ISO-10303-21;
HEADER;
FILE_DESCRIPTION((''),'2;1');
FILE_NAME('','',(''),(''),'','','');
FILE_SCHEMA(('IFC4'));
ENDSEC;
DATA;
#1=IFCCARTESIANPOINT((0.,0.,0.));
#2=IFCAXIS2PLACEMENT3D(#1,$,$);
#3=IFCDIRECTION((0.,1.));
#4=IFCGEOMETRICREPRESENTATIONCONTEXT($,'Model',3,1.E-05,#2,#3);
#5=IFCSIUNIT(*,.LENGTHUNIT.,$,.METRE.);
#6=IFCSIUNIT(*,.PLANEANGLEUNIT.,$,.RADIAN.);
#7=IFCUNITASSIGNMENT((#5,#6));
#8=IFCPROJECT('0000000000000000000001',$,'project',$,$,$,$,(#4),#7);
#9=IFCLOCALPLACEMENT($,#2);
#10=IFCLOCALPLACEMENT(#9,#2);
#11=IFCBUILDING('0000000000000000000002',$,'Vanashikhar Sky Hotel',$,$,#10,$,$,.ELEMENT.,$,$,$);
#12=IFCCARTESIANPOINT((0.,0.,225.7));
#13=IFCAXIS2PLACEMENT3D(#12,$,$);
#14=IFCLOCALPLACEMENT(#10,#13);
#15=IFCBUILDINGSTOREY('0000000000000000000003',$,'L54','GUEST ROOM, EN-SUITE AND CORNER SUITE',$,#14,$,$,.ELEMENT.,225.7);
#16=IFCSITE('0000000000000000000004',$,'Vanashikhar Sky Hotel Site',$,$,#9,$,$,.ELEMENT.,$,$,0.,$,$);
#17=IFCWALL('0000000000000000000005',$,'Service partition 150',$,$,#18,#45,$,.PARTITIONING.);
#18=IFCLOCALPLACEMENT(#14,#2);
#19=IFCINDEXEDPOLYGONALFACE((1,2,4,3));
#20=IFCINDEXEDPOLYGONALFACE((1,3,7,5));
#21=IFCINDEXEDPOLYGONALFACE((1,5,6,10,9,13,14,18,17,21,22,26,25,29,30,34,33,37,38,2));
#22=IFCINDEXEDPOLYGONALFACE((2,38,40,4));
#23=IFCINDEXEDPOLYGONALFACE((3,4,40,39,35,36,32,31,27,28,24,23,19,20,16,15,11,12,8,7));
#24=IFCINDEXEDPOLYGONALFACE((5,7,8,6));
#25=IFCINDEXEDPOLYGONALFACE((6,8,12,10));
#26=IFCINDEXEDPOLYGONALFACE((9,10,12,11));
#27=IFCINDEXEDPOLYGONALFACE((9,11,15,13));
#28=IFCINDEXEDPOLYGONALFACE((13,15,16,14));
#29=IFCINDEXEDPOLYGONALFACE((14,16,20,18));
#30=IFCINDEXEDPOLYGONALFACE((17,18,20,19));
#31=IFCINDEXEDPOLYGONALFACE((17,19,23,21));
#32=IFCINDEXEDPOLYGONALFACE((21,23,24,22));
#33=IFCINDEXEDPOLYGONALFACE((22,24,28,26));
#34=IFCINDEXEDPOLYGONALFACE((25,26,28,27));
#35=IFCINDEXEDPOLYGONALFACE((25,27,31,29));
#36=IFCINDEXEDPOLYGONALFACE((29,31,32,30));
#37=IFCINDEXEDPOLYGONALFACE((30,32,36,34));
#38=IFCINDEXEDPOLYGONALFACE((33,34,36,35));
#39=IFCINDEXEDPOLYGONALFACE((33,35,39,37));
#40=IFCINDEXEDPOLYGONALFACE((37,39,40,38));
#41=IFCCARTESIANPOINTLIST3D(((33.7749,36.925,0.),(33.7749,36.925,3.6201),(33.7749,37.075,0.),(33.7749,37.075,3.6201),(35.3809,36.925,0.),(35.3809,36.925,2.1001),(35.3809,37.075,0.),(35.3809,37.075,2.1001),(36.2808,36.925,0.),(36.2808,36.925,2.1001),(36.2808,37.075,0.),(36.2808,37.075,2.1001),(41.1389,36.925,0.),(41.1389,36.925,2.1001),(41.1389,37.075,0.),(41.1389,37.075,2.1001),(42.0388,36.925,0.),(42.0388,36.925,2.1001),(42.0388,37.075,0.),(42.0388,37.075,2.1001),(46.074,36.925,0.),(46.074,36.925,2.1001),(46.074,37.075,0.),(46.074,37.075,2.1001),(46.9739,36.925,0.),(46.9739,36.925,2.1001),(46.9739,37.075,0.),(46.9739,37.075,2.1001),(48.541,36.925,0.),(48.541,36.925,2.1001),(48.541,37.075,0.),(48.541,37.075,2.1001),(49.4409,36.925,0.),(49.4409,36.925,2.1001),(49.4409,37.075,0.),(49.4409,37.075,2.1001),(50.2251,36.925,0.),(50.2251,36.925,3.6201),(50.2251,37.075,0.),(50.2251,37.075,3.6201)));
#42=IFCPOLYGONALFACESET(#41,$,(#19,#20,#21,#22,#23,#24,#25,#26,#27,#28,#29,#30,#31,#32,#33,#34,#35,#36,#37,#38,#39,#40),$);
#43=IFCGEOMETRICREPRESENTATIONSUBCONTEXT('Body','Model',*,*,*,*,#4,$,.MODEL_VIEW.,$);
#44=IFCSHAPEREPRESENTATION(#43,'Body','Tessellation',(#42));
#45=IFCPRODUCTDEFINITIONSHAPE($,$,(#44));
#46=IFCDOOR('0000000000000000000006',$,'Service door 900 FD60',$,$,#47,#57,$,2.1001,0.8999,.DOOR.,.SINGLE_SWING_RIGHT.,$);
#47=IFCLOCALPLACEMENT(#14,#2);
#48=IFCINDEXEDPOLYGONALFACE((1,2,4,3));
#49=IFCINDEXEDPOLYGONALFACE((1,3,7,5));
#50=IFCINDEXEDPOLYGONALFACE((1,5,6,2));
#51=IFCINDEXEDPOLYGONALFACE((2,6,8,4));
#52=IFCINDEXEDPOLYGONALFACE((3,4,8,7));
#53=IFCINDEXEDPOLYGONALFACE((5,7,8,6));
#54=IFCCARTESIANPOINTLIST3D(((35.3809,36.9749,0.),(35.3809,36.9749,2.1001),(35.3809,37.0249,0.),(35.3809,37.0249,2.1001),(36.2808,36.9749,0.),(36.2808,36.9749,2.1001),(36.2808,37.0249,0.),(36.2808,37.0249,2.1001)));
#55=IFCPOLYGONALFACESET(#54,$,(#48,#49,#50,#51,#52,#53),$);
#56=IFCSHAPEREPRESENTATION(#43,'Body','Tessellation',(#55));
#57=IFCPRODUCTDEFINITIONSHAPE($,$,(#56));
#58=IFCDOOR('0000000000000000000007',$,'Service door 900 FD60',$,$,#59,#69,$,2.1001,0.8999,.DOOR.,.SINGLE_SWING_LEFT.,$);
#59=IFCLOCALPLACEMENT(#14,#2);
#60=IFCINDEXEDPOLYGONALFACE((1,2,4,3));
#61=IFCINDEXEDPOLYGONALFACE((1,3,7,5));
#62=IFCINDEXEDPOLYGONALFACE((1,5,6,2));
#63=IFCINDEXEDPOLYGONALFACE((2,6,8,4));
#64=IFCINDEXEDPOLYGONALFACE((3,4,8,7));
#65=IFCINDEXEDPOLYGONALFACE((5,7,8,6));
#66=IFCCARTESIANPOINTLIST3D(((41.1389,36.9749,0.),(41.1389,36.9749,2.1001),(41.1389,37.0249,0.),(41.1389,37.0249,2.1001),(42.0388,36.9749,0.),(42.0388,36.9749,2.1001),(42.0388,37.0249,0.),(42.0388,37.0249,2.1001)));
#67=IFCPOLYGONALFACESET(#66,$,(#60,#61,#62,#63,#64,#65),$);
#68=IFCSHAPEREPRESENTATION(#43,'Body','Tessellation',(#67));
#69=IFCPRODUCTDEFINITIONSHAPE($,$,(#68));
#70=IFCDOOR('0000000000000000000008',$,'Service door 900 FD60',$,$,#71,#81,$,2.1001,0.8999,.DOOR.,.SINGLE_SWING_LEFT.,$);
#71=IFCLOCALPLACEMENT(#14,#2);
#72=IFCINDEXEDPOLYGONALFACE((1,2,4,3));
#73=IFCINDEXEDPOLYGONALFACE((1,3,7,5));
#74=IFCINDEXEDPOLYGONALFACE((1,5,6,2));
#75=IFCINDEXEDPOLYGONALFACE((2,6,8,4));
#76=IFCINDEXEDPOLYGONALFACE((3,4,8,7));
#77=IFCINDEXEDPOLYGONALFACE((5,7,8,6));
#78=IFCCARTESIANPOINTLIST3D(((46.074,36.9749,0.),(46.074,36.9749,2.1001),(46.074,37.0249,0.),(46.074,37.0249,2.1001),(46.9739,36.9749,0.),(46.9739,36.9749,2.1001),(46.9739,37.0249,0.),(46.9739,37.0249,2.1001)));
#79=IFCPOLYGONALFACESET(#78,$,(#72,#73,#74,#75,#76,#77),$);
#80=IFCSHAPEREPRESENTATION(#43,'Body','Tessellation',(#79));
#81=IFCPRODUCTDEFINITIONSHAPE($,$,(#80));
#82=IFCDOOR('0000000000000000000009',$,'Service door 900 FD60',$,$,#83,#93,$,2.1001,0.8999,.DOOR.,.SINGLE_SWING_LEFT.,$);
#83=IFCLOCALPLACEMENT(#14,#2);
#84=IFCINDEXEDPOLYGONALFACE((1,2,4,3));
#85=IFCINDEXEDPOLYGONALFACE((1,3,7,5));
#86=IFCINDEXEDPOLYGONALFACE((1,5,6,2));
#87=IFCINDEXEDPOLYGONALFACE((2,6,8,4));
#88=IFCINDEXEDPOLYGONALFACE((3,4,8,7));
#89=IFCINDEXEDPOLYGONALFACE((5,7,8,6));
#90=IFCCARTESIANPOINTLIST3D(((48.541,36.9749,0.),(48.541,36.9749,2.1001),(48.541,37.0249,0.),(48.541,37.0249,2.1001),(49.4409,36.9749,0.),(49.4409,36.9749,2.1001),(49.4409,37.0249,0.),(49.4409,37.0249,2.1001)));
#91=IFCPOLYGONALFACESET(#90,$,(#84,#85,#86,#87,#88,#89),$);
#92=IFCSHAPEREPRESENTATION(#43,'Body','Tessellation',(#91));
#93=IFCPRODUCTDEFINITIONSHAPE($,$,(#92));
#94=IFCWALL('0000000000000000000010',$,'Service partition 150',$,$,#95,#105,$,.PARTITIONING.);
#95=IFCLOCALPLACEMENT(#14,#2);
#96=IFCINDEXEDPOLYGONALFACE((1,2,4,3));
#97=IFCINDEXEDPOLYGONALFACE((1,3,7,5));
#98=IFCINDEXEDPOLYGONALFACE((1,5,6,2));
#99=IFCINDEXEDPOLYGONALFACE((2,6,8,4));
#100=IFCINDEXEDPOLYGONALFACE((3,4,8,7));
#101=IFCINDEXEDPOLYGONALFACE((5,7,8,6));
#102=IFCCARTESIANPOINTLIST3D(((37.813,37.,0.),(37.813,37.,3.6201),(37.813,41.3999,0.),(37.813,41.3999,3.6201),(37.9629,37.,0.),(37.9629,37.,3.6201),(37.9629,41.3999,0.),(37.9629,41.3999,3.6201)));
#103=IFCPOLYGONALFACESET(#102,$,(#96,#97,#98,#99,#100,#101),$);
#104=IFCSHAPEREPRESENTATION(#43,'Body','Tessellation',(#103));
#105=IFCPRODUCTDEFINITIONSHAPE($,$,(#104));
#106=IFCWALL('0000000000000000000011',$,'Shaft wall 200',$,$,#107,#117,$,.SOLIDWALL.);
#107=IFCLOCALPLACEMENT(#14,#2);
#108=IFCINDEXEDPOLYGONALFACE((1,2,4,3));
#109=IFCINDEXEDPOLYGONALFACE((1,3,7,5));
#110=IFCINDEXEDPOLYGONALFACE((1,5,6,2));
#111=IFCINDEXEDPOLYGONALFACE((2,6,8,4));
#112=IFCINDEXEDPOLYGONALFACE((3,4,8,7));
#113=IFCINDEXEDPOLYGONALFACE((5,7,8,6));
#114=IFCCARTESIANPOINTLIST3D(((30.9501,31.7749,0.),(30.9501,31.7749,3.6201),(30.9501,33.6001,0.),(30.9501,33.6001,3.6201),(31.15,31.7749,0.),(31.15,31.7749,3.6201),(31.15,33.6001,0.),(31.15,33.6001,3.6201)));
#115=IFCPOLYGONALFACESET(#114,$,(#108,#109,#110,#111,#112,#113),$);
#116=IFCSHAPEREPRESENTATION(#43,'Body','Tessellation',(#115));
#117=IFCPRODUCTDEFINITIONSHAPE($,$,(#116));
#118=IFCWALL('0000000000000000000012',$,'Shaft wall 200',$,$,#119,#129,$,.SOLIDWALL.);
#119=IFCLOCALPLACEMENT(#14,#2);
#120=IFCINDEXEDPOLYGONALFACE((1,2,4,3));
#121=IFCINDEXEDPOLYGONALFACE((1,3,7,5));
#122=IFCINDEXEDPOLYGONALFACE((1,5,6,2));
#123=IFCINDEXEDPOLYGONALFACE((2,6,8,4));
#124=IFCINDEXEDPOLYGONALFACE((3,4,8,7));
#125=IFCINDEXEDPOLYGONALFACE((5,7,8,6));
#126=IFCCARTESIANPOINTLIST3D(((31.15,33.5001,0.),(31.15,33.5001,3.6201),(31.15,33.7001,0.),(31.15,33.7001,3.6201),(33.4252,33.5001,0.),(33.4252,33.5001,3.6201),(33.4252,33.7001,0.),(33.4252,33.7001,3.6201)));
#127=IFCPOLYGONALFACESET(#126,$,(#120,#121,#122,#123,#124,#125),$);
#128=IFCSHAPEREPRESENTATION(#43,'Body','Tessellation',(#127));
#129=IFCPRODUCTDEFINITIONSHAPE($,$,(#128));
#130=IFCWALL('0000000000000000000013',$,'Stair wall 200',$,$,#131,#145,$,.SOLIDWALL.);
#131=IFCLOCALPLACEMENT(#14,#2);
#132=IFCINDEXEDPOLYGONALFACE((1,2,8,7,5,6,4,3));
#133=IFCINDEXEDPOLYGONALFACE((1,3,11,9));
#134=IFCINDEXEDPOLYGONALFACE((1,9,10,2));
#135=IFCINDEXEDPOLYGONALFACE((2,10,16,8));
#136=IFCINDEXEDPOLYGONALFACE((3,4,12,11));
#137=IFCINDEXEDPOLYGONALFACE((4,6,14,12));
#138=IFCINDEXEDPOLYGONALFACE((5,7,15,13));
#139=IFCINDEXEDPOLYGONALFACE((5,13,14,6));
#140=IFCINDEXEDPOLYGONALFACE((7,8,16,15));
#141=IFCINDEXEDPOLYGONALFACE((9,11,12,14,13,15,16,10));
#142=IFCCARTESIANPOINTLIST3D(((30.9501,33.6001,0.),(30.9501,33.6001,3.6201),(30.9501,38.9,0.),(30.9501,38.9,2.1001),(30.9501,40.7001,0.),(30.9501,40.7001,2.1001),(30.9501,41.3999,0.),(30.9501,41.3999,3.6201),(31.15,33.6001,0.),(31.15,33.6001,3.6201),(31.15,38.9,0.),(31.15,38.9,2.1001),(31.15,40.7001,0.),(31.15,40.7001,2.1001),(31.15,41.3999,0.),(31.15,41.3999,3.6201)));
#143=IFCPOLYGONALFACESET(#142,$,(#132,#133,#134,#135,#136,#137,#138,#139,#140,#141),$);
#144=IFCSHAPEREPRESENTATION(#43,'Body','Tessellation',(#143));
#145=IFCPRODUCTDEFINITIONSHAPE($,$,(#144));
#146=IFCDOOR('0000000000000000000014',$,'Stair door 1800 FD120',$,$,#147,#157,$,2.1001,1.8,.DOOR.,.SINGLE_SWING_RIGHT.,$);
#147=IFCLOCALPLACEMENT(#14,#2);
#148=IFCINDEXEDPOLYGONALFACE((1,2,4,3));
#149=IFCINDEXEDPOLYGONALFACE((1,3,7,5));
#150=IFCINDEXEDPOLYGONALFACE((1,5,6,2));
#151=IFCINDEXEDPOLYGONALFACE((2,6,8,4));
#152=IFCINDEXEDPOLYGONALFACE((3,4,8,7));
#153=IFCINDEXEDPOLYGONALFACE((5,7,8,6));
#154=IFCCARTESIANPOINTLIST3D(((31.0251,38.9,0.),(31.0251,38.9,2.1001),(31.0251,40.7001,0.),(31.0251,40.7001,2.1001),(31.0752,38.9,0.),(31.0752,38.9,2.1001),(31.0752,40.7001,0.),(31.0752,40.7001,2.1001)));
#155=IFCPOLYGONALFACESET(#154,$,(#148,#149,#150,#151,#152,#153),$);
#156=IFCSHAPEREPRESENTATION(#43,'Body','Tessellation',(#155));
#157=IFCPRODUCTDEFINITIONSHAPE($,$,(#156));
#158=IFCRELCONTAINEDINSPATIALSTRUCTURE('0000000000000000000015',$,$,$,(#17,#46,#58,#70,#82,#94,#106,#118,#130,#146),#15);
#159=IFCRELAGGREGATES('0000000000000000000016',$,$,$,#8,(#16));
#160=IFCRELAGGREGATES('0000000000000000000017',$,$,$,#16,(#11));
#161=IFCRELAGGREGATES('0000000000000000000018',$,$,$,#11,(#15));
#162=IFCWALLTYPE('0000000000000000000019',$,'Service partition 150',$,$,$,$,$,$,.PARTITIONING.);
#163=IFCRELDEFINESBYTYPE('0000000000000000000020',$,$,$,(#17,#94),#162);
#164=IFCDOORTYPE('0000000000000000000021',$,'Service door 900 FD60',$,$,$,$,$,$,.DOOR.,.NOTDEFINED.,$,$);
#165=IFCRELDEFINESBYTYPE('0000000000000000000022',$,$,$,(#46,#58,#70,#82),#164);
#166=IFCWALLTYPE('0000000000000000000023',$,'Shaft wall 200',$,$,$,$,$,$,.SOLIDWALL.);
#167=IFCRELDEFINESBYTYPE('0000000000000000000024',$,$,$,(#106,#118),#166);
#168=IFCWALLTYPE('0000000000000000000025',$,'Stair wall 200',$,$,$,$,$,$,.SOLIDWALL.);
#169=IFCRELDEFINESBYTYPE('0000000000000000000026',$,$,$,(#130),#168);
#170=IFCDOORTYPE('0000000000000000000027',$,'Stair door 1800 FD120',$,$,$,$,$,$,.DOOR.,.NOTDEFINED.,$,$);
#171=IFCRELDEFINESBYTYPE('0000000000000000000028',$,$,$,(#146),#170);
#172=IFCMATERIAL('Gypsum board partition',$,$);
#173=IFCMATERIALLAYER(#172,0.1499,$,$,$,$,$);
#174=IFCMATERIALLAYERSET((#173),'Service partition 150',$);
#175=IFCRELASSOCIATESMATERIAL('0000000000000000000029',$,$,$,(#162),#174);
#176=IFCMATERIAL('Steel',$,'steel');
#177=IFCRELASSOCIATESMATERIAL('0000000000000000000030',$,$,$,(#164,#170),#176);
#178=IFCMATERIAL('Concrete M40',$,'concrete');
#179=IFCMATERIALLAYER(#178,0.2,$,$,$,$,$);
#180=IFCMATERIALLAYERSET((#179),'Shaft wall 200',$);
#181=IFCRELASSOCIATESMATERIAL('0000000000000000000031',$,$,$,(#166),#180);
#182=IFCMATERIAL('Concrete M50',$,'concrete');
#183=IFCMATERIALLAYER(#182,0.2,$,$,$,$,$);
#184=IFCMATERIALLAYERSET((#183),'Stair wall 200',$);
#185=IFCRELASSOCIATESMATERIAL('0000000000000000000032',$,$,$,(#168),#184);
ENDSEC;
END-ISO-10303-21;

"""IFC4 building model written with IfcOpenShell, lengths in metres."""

from ifc_helpers import new_model, si_unit, direction, frame, frame_2d, origin, place, context, subcontext, project, spatial, rectangle, extrude, source, transform, mapped, material, layer, layer_set, type_object, element, fill, save


model = new_model("IFC4")

# Units and contexts
model_context = context("Model", 3, precision=1e-05, world=origin(), true_north=direction((0.0, 1.0)))
body_context = subcontext(model_context, "Body", "Model", "MODEL_VIEW")
ifc_project = project(units=[si_unit("LENGTHUNIT", "METRE"), si_unit("PLANEANGLEUNIT", "RADIAN")], contexts=[model_context])

# Site, building, storey
site_placement = place(None, origin())
site = spatial("IfcSite", under=ifc_project, at=site_placement, Name="Vanashikhar Sky Hotel Site", CompositionType="ELEMENT", RefElevation=0.0)
building_placement = place(site_placement, origin())
building = spatial("IfcBuilding", under=site, at=building_placement, Name="Vanashikhar Sky Hotel", CompositionType="ELEMENT")
storey_placement = place(building_placement, frame((0.0, 0.0, 225.7)))
storey = spatial("IfcBuildingStorey", under=building, at=storey_placement, Name="L54", Description="GUEST ROOM, EN-SUITE AND CORNER SUITE", CompositionType="ELEMENT", Elevation=225.7)

# Shared definitions
ifc_material_1 = material(Name="Steel", Category="steel")

# Shared definitions
ifc_material_2 = material(Name="Gypsum board partition")
ifc_layer_1 = layer(ifc_material_2, 0.1499)
ifc_layer_set_1 = layer_set([ifc_layer_1], Name="Service partition 150")
wall_type_1 = type_object("IfcWallType", Name="Service partition 150", PredefinedType="PARTITIONING", material=ifc_layer_set_1)

# Wall, openings, doors
shared_shape_1 = source(origin(), body_context, "Body", "SweptSolid", [
    extrude(rectangle(XDim=0.8999, YDim=2.1001, at=frame_2d((0.45, 1.05))), frame((0.0, 0.085, 0.0), z_axis=(0.0, -1.0, 0.0), x_axis=(1.0, 0.0, 0.0)), (0.0, 0.0, 1.0), 0.1699),
])
door_type_1 = type_object("IfcDoorType", Name="Service door 900 FD60", OperationType="NOTDEFINED", PredefinedType="DOOR", material=ifc_material_1)
shared_shape_2 = source(origin(), body_context, "Body", "SweptSolid", [
    extrude(rectangle(XDim=0.8999, YDim=2.1001, at=frame_2d((0.45, 1.05))), frame((0.0, 0.0249, 0.0), z_axis=(0.0, -1.0, 0.0), x_axis=(1.0, 0.0, 0.0)), (0.0, 0.0, 1.0), 0.05),
])
shared_shape_3 = source(origin(), body_context, "Body", "SweptSolid", [
    extrude(rectangle(XDim=16.4502, YDim=0.1499, at=frame_2d((8.2251, 0.0))), origin(), (0.0, 0.0, 1.0), 3.6201),
])
wall_1_placement = place(storey_placement, frame((33.7749, 37.0, 0.0), z_axis=(0.0, 0.0, 1.0), x_axis=(1.0, 0.0, 0.0)))
wall_1 = element("IfcWall", 1, at=wall_1_placement, inside=storey, type_object=wall_type_1, Name="Service partition 150", PredefinedType="PARTITIONING", context=body_context, shape_type="MappedRepresentation", body=[
    mapped(shared_shape_3, transform((0.0, 0.0, 0.0), scale=1.0)),
])
opening_1_placement = place(wall_1_placement, frame((1.606, 0.0, 0.0)))
opening_1 = element("IfcOpeningElement", 2, at=opening_1_placement, cuts=wall_1, PredefinedType="OPENING", context=body_context, shape_type="MappedRepresentation", body=[
    mapped(shared_shape_1, transform((0.0, 0.0, 0.0), scale=1.0)),
])
opening_2_placement = place(wall_1_placement, frame((7.364, 0.0, 0.0)))
opening_2 = element("IfcOpeningElement", 3, at=opening_2_placement, cuts=wall_1, PredefinedType="OPENING", context=body_context, shape_type="MappedRepresentation", body=[
    mapped(shared_shape_1, transform((0.0, 0.0, 0.0), scale=1.0)),
])
opening_3_placement = place(wall_1_placement, frame((12.2991, 0.0, 0.0)))
opening_3 = element("IfcOpeningElement", 4, at=opening_3_placement, cuts=wall_1, PredefinedType="OPENING", context=body_context, shape_type="MappedRepresentation", body=[
    mapped(shared_shape_1, transform((0.0, 0.0, 0.0), scale=1.0)),
])
opening_4_placement = place(wall_1_placement, frame((14.7661, 0.0, 0.0)))
opening_4 = element("IfcOpeningElement", 5, at=opening_4_placement, cuts=wall_1, PredefinedType="OPENING", context=body_context, shape_type="MappedRepresentation", body=[
    mapped(shared_shape_1, transform((0.0, 0.0, 0.0), scale=1.0)),
])
door_1_placement = place(opening_1_placement, origin())
door_1 = element("IfcDoor", 6, at=door_1_placement, inside=storey, type_object=door_type_1, Name="Service door 900 FD60", OperationType="SINGLE_SWING_RIGHT", OverallHeight=2.1001, OverallWidth=0.8999, PredefinedType="DOOR", context=body_context, shape_type="MappedRepresentation", body=[
    mapped(shared_shape_2, transform((0.0, 0.0, 0.0), scale=1.0)),
])
fill(opening_1, door_1)
door_2_placement = place(opening_2_placement, origin())
door_2 = element("IfcDoor", 7, at=door_2_placement, inside=storey, type_object=door_type_1, Name="Service door 900 FD60", OperationType="SINGLE_SWING_LEFT", OverallHeight=2.1001, OverallWidth=0.8999, PredefinedType="DOOR", context=body_context, shape_type="MappedRepresentation", body=[
    mapped(shared_shape_2, transform((0.0, 0.0, 0.0), scale=1.0)),
])
fill(opening_2, door_2)
door_3_placement = place(opening_3_placement, origin())
door_3 = element("IfcDoor", 8, at=door_3_placement, inside=storey, type_object=door_type_1, Name="Service door 900 FD60", OperationType="SINGLE_SWING_LEFT", OverallHeight=2.1001, OverallWidth=0.8999, PredefinedType="DOOR", context=body_context, shape_type="MappedRepresentation", body=[
    mapped(shared_shape_2, transform((0.0, 0.0, 0.0), scale=1.0)),
])
fill(opening_3, door_3)
door_4_placement = place(opening_4_placement, origin())
door_4 = element("IfcDoor", 9, at=door_4_placement, inside=storey, type_object=door_type_1, Name="Service door 900 FD60", OperationType="SINGLE_SWING_LEFT", OverallHeight=2.1001, OverallWidth=0.8999, PredefinedType="DOOR", context=body_context, shape_type="MappedRepresentation", body=[
    mapped(shared_shape_2, transform((0.0, 0.0, 0.0), scale=1.0)),
])
fill(opening_4, door_4)

# Walls
shared_shape_4 = source(origin(), body_context, "Body", "SweptSolid", [
    extrude(rectangle(XDim=4.3999, YDim=0.1499, at=frame_2d((2.2, 0.0))), origin(), (0.0, 0.0, 1.0), 3.6201),
])
wall_2_placement = place(storey_placement, frame((37.8879, 37.0, 0.0), z_axis=(0.0, 0.0, 1.0), x_axis=(0.0, 1.0, 0.0)))
element("IfcWall", 10, at=wall_2_placement, inside=storey, type_object=wall_type_1, Name="Service partition 150", PredefinedType="PARTITIONING", context=body_context, shape_type="MappedRepresentation", body=[
    mapped(shared_shape_4, transform((0.0, 0.0, 0.0), scale=1.0)),
])
ifc_material_3 = material(Name="Concrete M40", Category="concrete")
ifc_layer_2 = layer(ifc_material_3, 0.2)
ifc_layer_set_2 = layer_set([ifc_layer_2], Name="Shaft wall 200")
wall_type_2 = type_object("IfcWallType", Name="Shaft wall 200", PredefinedType="SOLIDWALL", material=ifc_layer_set_2)
shared_shape_5 = source(origin(), body_context, "Body", "SweptSolid", [
    extrude(rectangle(XDim=1.8252, YDim=0.2, at=frame_2d((0.9126, 0.0))), origin(), (0.0, 0.0, 1.0), 3.6201),
])
wall_3_placement = place(storey_placement, frame((31.05, 31.7749, 0.0), z_axis=(0.0, 0.0, 1.0), x_axis=(0.0, 1.0, 0.0)))
element("IfcWall", 11, at=wall_3_placement, inside=storey, type_object=wall_type_2, Name="Shaft wall 200", PredefinedType="SOLIDWALL", context=body_context, shape_type="MappedRepresentation", body=[
    mapped(shared_shape_5, transform((0.0, 0.0, 0.0), scale=1.0)),
])
shared_shape_6 = source(origin(), body_context, "Body", "SweptSolid", [
    extrude(rectangle(XDim=2.2751, YDim=0.2, at=frame_2d((1.1377, 0.0))), origin(), (0.0, 0.0, 1.0), 3.6201),
])
wall_4_placement = place(storey_placement, frame((31.1499, 33.6001, 0.0), z_axis=(0.0, 0.0, 1.0), x_axis=(1.0, 0.0, 0.0)))
element("IfcWall", 12, at=wall_4_placement, inside=storey, type_object=wall_type_2, Name="Shaft wall 200", PredefinedType="SOLIDWALL", context=body_context, shape_type="MappedRepresentation", body=[
    mapped(shared_shape_6, transform((0.0, 0.0, 0.0), scale=1.0)),
])

# Wall, opening, door
ifc_material_4 = material(Name="Concrete M50", Category="concrete")
ifc_layer_3 = layer(ifc_material_4, 0.2)
ifc_layer_set_3 = layer_set([ifc_layer_3], Name="Stair wall 200")
wall_type_3 = type_object("IfcWallType", Name="Stair wall 200", PredefinedType="SOLIDWALL", material=ifc_layer_set_3)
shared_shape_7 = source(origin(), body_context, "Body", "SweptSolid", [
    extrude(rectangle(XDim=7.7998, YDim=0.2, at=frame_2d((3.8999, 0.0))), origin(), (0.0, 0.0, 1.0), 3.6201),
])
wall_5_placement = place(storey_placement, frame((31.05, 33.6001, 0.0), z_axis=(0.0, 0.0, 1.0), x_axis=(0.0, 1.0, 0.0)))
wall_5 = element("IfcWall", 13, at=wall_5_placement, inside=storey, type_object=wall_type_3, Name="Stair wall 200", PredefinedType="SOLIDWALL", context=body_context, shape_type="MappedRepresentation", body=[
    mapped(shared_shape_7, transform((0.0, 0.0, 0.0), scale=1.0)),
])
shared_shape_8 = source(origin(), body_context, "Body", "SweptSolid", [
    extrude(rectangle(XDim=1.8, YDim=2.1001, at=frame_2d((0.8999, 1.05))), frame((0.0, 0.1099, 0.0), z_axis=(0.0, -1.0, 0.0), x_axis=(1.0, 0.0, 0.0)), (0.0, 0.0, 1.0), 0.22),
])
opening_5_placement = place(wall_5_placement, frame((5.3, 0.0, 0.0)))
opening_5 = element("IfcOpeningElement", 14, at=opening_5_placement, cuts=wall_5, PredefinedType="OPENING", context=body_context, shape_type="MappedRepresentation", body=[
    mapped(shared_shape_8, transform((0.0, 0.0, 0.0), scale=1.0)),
])
door_type_2 = type_object("IfcDoorType", Name="Stair door 1800 FD120", OperationType="NOTDEFINED", PredefinedType="DOOR", material=ifc_material_1)
shared_shape_9 = source(origin(), body_context, "Body", "SweptSolid", [
    extrude(rectangle(XDim=1.8, YDim=2.1001, at=frame_2d((0.8999, 1.05))), frame((0.0, 0.0249, 0.0), z_axis=(0.0, -1.0, 0.0), x_axis=(1.0, 0.0, 0.0)), (0.0, 0.0, 1.0), 0.05),
])
door_5_placement = place(opening_5_placement, origin())
door_5 = element("IfcDoor", 15, at=door_5_placement, inside=storey, type_object=door_type_2, Name="Stair door 1800 FD120", OperationType="SINGLE_SWING_RIGHT", OverallHeight=2.1001, OverallWidth=1.8, PredefinedType="DOOR", context=body_context, shape_type="MappedRepresentation", body=[
    mapped(shared_shape_9, transform((0.0, 0.0, 0.0), scale=1.0)),
])
fill(opening_5, door_5)

save(model, "model.ifc")
